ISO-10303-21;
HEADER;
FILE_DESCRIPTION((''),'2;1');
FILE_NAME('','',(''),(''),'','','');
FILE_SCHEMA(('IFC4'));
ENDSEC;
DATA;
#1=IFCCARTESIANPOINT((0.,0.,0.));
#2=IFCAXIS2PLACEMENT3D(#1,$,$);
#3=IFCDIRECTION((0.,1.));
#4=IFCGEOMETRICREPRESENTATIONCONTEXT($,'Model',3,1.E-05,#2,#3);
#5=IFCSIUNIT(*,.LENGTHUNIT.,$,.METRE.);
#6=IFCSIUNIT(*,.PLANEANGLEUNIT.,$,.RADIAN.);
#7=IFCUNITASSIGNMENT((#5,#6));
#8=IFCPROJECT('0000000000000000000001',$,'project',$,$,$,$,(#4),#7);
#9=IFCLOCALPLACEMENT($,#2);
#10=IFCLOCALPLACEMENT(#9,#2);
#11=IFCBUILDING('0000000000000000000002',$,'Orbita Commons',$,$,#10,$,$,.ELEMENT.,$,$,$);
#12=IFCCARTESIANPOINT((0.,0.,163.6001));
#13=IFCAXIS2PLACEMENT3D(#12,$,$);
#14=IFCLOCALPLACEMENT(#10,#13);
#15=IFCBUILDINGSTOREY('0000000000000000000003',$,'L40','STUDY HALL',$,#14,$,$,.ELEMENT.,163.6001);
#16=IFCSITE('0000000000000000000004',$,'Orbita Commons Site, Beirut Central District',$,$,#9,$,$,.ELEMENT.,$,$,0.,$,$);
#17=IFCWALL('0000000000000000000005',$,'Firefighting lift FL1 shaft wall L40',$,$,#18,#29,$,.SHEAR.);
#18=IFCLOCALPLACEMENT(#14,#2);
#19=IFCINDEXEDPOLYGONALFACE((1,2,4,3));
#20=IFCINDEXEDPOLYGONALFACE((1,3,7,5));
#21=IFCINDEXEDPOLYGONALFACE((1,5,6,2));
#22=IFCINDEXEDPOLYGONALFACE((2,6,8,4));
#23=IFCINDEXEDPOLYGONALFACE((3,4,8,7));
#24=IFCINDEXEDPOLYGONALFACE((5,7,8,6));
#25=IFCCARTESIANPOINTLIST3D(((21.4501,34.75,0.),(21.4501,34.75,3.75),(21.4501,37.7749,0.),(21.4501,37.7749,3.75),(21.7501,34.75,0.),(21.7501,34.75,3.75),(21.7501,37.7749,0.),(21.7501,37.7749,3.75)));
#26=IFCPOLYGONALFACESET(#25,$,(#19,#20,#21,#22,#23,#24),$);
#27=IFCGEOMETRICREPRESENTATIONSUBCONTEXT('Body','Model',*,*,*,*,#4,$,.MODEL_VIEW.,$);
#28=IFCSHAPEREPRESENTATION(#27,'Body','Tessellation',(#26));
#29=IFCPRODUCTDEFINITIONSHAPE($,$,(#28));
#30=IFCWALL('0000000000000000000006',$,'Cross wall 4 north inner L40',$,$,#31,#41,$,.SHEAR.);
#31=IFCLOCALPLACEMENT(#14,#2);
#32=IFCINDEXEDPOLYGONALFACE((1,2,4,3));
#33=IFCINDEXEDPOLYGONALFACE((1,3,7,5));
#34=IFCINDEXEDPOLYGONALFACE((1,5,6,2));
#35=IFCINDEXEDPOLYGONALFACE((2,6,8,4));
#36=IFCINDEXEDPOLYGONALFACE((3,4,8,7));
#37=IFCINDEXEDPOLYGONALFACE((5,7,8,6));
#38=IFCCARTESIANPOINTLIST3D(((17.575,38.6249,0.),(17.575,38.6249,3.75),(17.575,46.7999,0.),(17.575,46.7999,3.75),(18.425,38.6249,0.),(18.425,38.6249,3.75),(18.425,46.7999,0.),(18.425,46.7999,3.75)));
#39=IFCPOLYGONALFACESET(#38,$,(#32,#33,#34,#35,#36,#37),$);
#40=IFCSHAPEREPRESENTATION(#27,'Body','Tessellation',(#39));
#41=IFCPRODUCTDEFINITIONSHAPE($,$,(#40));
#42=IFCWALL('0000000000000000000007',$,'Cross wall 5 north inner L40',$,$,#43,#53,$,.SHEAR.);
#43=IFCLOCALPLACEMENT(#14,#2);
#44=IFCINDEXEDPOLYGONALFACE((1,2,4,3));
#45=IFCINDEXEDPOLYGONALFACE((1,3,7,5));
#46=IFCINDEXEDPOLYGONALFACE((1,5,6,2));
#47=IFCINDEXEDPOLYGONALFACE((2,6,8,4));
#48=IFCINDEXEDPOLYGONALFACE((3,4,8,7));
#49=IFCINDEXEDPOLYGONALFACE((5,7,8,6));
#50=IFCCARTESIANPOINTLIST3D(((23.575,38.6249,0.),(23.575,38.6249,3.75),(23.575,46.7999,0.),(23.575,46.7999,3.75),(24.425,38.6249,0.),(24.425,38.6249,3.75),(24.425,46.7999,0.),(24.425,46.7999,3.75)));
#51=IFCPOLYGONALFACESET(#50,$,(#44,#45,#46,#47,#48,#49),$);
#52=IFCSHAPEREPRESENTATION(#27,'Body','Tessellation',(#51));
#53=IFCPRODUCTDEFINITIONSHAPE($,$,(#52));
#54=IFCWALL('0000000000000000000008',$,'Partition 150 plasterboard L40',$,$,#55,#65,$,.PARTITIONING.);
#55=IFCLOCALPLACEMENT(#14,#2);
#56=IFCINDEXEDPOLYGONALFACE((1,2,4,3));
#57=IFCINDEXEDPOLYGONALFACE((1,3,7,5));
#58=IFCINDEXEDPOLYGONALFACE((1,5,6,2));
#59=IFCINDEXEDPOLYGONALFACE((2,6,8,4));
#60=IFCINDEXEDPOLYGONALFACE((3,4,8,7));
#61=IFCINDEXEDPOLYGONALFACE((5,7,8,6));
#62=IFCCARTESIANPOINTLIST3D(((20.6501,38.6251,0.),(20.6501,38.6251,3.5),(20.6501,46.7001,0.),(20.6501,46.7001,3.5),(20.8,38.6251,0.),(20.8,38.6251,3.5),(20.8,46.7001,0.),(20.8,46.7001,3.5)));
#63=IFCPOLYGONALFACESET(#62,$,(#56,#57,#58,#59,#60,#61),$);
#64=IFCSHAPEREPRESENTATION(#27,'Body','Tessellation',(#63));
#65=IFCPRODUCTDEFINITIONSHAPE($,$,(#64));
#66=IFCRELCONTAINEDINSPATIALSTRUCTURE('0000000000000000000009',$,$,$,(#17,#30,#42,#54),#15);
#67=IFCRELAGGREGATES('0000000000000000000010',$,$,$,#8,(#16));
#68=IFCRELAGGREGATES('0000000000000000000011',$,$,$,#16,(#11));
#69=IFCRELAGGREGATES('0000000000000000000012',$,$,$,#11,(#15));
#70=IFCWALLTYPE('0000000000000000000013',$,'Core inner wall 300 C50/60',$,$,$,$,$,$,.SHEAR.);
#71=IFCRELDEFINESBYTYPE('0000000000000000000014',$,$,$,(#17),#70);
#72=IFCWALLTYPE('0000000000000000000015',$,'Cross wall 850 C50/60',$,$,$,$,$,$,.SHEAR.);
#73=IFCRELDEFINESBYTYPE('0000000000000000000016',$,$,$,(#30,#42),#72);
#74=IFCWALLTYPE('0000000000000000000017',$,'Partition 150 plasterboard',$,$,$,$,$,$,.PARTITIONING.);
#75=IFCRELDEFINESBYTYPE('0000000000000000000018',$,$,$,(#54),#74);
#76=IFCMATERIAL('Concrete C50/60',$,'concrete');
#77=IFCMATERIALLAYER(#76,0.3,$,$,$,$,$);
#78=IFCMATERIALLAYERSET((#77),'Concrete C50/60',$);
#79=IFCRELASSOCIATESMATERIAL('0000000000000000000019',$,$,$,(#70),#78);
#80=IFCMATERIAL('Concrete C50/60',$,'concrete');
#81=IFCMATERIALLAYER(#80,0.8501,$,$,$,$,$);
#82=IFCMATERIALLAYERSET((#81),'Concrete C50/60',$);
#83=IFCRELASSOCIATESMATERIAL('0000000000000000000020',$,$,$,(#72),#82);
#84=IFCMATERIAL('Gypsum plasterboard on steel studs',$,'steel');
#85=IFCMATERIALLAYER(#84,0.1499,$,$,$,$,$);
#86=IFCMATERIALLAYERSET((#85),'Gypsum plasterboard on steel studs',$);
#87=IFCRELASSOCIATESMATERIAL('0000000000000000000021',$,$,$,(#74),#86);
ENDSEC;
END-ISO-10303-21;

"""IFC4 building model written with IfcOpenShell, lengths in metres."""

from ifc_helpers import new_model, si_unit, direction, frame, frame_2d, origin, place, context, subcontext, project, spatial, rectangle, extrude, material, layer, layer_set, type_object, element, save


model = new_model("IFC4")

# Units and contexts
model_context = context("Model", 3, precision=1e-05, world=origin(), true_north=direction((0.0, 1.0)))
body_context = subcontext(model_context, "Body", "Model", "MODEL_VIEW")
ifc_project = project(units=[si_unit("LENGTHUNIT", "METRE"), si_unit("PLANEANGLEUNIT", "RADIAN")], contexts=[model_context])

# Site, building, storey
site_placement = place(None, origin())
site = spatial("IfcSite", under=ifc_project, at=site_placement, Name="Orbita Commons Site, Beirut Central District", CompositionType="ELEMENT", RefElevation=0.0)
building_placement = place(site_placement, origin())
building = spatial("IfcBuilding", under=site, at=building_placement, Name="Orbita Commons", CompositionType="ELEMENT")
storey_placement = place(building_placement, frame((0.0, 0.0, 163.6001)))
storey = spatial("IfcBuildingStorey", under=building, at=storey_placement, Name="L40", Description="STUDY HALL", CompositionType="ELEMENT", Elevation=163.6001)

# Walls
ifc_material_1 = material(Name="Concrete C50/60", Category="concrete")
ifc_layer_1 = layer(ifc_material_1, 0.3)
ifc_layer_set_1 = layer_set([ifc_layer_1], Name="Concrete C50/60")
wall_type_1 = type_object("IfcWallType", Name="Core inner wall 300 C50/60", PredefinedType="SHEAR", material=ifc_layer_set_1)
wall_1_placement = place(storey_placement, frame((21.6001, 34.75, 0.0), z_axis=(0.0, 0.0, 1.0), x_axis=(0.0, 1.0, 0.0)))
element("IfcWall", 1, at=wall_1_placement, inside=storey, type_object=wall_type_1, Name="Firefighting lift FL1 shaft wall L40", PredefinedType="SHEAR", context=body_context, shape_type="SweptSolid", body=[
    extrude(rectangle(XDim=3.0249, YDim=0.3, at=frame_2d((1.5125, 0.0))), origin(), (0.0, 0.0, 1.0), 3.75),
])
ifc_material_2 = material(Name="Concrete C50/60", Category="concrete")
ifc_layer_2 = layer(ifc_material_2, 0.8501)
ifc_layer_set_2 = layer_set([ifc_layer_2], Name="Concrete C50/60")
wall_type_2 = type_object("IfcWallType", Name="Cross wall 850 C50/60", PredefinedType="SHEAR", material=ifc_layer_set_2)
for number, where, z_axis, x_axis, name in (
    (2, (18.0, 38.625, 0.0), (0.0, 0.0, 1.0), (0.0, 1.0, 0.0), "Cross wall 4 north inner L40"),
    (3, (24.0, 38.625, 0.0), (0.0, 0.0, 1.0), (0.0, 1.0, 0.0), "Cross wall 5 north inner L40"),
):
    element("IfcWall", number, at=place(storey_placement, frame(where, z_axis=z_axis, x_axis=x_axis)), inside=storey, type_object=wall_type_2, Name=name, PredefinedType="SHEAR", context=body_context, shape_type="SweptSolid", body=[
        extrude(rectangle(XDim=8.175, YDim=0.8501, at=frame_2d((4.0874, 0.0))), origin(), (0.0, 0.0, 1.0), 3.75),
    ])
ifc_material_3 = material(Name="Gypsum plasterboard on steel studs", Category="steel")
ifc_layer_3 = layer(ifc_material_3, 0.1499)
ifc_layer_set_3 = layer_set([ifc_layer_3], Name="Gypsum plasterboard on steel studs")
wall_type_3 = type_object("IfcWallType", Name="Partition 150 plasterboard", PredefinedType="PARTITIONING", material=ifc_layer_set_3)
wall_2_placement = place(storey_placement, frame((20.7251, 38.625, 0.0), z_axis=(0.0, 0.0, 1.0), x_axis=(0.0, 1.0, 0.0)))
element("IfcWall", 4, at=wall_2_placement, inside=storey, type_object=wall_type_3, Name="Partition 150 plasterboard L40", PredefinedType="PARTITIONING", context=body_context, shape_type="SweptSolid", body=[
    extrude(rectangle(XDim=8.075, YDim=0.1499, at=frame_2d((4.0376, 0.0))), origin(), (0.0, 0.0, 1.0), 3.5),
])

save(model, "model.ifc")
